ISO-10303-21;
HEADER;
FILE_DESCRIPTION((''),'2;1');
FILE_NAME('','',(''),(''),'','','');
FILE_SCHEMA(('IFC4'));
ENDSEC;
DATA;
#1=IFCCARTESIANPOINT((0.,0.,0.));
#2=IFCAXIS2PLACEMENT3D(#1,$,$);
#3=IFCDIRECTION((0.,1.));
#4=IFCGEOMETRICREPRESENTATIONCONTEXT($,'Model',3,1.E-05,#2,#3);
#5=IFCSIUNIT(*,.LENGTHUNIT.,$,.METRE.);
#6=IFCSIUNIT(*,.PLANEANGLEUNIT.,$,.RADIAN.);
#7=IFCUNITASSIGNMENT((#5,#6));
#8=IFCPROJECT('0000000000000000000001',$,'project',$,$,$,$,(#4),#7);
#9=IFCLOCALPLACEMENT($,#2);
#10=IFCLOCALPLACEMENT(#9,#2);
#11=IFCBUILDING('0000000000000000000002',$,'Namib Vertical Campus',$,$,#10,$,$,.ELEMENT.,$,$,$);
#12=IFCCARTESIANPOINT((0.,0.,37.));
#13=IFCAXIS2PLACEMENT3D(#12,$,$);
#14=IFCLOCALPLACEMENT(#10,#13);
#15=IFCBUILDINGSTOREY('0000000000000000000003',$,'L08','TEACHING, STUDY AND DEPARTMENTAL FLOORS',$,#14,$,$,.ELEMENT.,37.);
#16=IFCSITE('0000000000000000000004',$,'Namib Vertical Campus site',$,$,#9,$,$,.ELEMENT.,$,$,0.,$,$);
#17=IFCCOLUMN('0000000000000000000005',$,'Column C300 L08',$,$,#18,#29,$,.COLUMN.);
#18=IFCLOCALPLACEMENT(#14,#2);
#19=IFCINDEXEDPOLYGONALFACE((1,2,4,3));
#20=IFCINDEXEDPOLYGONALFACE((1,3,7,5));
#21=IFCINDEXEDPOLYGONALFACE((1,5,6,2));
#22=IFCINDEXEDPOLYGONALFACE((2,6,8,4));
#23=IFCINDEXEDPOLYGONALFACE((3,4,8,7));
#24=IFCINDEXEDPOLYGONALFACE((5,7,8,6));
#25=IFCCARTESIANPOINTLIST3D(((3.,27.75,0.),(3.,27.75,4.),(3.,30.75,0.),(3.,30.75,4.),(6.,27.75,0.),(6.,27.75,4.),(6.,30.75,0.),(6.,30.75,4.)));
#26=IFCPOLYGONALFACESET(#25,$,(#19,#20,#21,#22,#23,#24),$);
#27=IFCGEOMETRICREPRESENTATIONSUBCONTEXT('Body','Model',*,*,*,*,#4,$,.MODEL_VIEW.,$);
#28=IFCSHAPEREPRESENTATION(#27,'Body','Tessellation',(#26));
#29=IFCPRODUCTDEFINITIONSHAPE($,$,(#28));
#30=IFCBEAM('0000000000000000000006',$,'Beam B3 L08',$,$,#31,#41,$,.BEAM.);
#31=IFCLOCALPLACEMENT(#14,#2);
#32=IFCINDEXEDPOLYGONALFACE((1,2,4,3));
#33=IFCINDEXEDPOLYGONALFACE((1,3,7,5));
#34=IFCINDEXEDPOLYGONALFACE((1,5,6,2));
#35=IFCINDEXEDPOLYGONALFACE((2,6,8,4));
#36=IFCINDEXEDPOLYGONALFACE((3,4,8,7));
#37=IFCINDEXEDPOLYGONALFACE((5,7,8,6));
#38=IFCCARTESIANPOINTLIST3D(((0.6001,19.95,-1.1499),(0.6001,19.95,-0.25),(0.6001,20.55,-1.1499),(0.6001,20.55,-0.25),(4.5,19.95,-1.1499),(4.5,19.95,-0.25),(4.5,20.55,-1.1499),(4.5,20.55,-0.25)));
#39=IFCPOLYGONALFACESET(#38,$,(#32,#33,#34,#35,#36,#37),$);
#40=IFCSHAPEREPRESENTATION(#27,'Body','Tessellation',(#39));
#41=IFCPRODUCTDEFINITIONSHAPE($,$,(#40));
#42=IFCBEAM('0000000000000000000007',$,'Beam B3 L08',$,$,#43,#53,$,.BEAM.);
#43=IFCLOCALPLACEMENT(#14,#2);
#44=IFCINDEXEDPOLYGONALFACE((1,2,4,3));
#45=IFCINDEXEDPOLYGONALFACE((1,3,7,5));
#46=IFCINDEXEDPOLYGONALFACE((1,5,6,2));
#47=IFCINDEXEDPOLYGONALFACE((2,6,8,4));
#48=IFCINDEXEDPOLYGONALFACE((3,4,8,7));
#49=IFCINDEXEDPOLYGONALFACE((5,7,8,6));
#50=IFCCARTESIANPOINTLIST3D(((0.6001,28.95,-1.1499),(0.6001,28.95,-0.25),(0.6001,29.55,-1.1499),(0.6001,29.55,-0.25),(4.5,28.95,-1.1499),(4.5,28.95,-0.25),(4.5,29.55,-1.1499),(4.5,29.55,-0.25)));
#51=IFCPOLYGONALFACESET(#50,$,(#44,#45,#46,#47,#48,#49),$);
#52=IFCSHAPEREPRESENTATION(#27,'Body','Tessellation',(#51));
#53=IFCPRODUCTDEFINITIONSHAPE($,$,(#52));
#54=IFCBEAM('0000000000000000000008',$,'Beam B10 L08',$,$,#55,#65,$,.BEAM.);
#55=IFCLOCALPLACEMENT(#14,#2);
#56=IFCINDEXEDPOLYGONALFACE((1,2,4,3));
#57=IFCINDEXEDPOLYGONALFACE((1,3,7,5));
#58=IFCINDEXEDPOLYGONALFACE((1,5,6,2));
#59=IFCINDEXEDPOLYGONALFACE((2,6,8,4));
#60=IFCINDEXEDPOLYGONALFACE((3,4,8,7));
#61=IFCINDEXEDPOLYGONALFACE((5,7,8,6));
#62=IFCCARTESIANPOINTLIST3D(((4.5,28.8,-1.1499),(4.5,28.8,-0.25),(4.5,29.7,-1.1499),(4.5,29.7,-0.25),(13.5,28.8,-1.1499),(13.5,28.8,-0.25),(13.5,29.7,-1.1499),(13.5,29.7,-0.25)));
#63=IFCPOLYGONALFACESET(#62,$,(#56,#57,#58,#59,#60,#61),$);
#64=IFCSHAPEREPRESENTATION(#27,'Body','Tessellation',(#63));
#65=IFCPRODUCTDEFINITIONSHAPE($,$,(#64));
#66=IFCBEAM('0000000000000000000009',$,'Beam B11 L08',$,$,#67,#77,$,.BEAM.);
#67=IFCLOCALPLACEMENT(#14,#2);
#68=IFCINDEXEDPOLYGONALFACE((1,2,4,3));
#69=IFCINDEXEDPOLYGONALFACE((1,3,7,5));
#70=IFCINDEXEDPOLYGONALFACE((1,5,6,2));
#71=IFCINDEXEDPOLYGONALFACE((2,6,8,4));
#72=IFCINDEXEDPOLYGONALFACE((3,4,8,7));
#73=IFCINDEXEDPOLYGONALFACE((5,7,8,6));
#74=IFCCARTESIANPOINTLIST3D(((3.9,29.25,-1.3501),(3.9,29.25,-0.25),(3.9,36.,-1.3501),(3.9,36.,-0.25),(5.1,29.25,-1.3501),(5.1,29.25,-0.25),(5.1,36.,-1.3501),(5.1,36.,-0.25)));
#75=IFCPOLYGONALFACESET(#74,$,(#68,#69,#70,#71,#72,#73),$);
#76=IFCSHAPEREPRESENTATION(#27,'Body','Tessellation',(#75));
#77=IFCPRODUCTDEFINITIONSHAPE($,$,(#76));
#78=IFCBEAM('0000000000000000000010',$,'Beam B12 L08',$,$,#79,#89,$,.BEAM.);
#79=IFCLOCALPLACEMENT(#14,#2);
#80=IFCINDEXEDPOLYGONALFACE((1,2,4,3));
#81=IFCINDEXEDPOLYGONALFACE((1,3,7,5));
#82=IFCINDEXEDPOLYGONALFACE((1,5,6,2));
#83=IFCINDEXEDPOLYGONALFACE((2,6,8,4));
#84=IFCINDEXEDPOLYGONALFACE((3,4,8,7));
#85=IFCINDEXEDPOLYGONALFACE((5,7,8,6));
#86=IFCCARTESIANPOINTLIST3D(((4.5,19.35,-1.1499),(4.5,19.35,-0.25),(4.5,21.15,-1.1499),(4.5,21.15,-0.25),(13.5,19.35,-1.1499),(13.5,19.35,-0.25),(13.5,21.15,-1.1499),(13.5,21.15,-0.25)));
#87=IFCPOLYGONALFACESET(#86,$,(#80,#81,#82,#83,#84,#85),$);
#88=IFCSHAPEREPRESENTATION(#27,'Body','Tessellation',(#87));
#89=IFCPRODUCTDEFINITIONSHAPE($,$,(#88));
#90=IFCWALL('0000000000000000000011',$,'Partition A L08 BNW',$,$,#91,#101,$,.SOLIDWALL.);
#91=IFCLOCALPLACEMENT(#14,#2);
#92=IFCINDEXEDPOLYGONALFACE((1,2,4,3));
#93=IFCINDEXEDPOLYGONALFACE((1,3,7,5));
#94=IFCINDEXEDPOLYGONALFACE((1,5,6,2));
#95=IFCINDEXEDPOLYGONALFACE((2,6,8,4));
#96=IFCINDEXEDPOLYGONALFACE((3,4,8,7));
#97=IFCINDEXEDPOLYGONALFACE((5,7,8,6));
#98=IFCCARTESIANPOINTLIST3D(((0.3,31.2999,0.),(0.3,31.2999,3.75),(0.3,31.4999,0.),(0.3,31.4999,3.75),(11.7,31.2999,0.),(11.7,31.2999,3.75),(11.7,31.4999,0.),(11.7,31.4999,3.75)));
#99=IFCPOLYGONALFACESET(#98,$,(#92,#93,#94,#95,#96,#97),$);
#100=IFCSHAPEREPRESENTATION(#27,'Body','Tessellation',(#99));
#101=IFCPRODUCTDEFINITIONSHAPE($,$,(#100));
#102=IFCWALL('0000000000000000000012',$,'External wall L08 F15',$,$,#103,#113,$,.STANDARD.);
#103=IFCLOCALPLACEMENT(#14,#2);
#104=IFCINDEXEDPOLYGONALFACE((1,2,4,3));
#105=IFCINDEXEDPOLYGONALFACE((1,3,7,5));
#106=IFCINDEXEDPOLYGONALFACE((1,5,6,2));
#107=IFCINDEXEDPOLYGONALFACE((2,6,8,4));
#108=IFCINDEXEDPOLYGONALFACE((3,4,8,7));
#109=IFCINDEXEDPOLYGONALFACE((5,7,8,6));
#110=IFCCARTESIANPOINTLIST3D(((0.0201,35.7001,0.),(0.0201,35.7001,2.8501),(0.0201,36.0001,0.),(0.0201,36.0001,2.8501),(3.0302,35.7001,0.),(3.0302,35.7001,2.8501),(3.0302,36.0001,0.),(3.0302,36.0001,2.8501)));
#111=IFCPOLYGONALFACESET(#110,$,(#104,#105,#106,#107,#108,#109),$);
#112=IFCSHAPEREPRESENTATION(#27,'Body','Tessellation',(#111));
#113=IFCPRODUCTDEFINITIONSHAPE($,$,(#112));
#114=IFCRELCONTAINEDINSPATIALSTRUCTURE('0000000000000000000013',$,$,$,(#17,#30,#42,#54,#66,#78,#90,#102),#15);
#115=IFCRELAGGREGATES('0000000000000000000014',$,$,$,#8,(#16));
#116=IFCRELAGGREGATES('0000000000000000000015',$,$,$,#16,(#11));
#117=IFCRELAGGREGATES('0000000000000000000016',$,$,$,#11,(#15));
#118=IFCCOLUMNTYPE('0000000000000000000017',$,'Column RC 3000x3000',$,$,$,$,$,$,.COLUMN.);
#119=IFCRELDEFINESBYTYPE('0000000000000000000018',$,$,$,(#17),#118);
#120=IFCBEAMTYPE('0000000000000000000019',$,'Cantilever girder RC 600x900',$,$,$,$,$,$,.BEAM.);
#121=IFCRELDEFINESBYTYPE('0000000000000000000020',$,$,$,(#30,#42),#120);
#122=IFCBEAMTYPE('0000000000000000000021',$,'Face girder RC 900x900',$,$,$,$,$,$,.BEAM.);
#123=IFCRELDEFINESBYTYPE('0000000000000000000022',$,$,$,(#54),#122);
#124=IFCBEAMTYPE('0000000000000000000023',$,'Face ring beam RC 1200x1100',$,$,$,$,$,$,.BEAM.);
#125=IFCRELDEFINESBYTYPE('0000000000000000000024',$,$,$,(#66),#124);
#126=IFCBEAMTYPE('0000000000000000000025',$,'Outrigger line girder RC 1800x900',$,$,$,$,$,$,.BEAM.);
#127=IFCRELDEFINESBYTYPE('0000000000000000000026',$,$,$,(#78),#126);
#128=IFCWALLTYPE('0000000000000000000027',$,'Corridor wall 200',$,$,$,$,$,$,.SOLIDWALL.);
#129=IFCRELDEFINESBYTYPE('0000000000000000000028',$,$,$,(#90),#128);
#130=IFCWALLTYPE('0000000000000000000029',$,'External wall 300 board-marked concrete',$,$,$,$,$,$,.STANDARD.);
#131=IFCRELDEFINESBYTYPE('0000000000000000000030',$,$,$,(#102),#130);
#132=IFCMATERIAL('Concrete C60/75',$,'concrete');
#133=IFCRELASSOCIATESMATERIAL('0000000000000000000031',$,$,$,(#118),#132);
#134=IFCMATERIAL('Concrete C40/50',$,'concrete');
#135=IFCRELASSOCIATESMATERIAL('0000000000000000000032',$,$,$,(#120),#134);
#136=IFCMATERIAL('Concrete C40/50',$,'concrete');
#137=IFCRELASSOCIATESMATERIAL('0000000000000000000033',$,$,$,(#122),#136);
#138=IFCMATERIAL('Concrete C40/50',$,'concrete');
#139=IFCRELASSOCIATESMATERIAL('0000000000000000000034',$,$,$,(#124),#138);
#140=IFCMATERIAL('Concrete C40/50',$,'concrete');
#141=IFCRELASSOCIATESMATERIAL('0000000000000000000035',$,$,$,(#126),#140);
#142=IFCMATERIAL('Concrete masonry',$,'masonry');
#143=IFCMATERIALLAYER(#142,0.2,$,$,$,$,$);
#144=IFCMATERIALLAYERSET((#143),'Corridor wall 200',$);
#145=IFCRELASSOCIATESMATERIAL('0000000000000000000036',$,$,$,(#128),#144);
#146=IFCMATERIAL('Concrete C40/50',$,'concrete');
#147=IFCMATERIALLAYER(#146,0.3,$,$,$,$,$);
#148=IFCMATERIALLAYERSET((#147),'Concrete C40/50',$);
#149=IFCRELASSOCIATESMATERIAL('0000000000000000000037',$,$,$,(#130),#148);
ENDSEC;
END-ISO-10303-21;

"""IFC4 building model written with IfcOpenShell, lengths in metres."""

from ifc_helpers import new_model, si_unit, direction, frame, frame_2d, origin, origin_2d, place, context, subcontext, project, spatial, rectangle, extrude, material, layer, layer_set, material_profile, profile_set, type_object, element, save


model = new_model("IFC4")

# Units and contexts
model_context = context("Model", 3, precision=1e-05, world=origin(), true_north=direction((0.0, 1.0)))
body_context = subcontext(model_context, "Body", "Model", "MODEL_VIEW")
ifc_project = project(units=[si_unit("LENGTHUNIT", "METRE"), si_unit("PLANEANGLEUNIT", "RADIAN")], contexts=[model_context])

# Site, building, storey
site_placement = place(None, origin())
site = spatial("IfcSite", under=ifc_project, at=site_placement, Name="Namib Vertical Campus site", CompositionType="ELEMENT", RefElevation=0.0)
building_placement = place(site_placement, origin())
building = spatial("IfcBuilding", under=site, at=building_placement, Name="Namib Vertical Campus", CompositionType="ELEMENT")
storey_placement = place(building_placement, frame((0.0, 0.0, 37.0)))
storey = spatial("IfcBuildingStorey", under=building, at=storey_placement, Name="L08", Description="TEACHING, STUDY AND DEPARTMENTAL FLOORS", CompositionType="ELEMENT", Elevation=37.0)

# Column
ifc_material_1 = material(Name="Concrete C60/75", Category="concrete")
ifc_material_profile_1 = material_profile(ifc_material_1, rectangle(XDim=3.0, YDim=3.0, at=origin_2d()))
ifc_profile_set_1 = profile_set([ifc_material_profile_1], Name="Concrete C60/75")
column_type = type_object("IfcColumnType", Name="Column RC 3000x3000", PredefinedType="COLUMN", material=ifc_profile_set_1)
column_placement = place(storey_placement, frame((4.5, 29.25, 0.0), z_axis=(0.0, 0.0, 1.0), x_axis=(1.0, 0.0, 0.0)))
element("IfcColumn", 1, at=column_placement, inside=storey, type_object=column_type, Name="Column C300 L08", PredefinedType="COLUMN", context=body_context, shape_type="SweptSolid", body=[
    extrude(rectangle(XDim=3.0, YDim=3.0, at=origin_2d()), origin(), (0.0, 0.0, 1.0), 4.0),
])

# Beams
ifc_material_2 = material(Name="Concrete C40/50", Category="concrete")
ifc_material_profile_2 = material_profile(ifc_material_2, rectangle(XDim=0.6001, YDim=0.8999, at=origin_2d()))
ifc_profile_set_2 = profile_set([ifc_material_profile_2], Name="Concrete C40/50")
beam_type_1 = type_object("IfcBeamType", Name="Cantilever girder RC 600x900", PredefinedType="BEAM", material=ifc_profile_set_2)
for number, where, z_axis, x_axis, name in (
    (2, (4.5, 20.25, -0.7), (-1.0, 0.0, 0.0), (0.0, -1.0, 0.0), "Beam B3 L08"),
    (3, (4.5, 29.25, -0.7), (-1.0, 0.0, 0.0), (0.0, -1.0, 0.0), "Beam B3 L08"),
):
    element("IfcBeam", number, at=place(storey_placement, frame(where, z_axis=z_axis, x_axis=x_axis)), inside=storey, type_object=beam_type_1, Name=name, PredefinedType="BEAM", context=body_context, shape_type="SweptSolid", body=[
        extrude(rectangle(XDim=0.6001, YDim=0.8999, at=origin_2d()), origin(), (0.0, 0.0, 1.0), 3.8999),
    ])
ifc_material_3 = material(Name="Concrete C40/50", Category="concrete")
ifc_material_profile_3 = material_profile(ifc_material_3, rectangle(XDim=0.8999, YDim=0.8999, at=origin_2d()))
ifc_profile_set_3 = profile_set([ifc_material_profile_3], Name="Concrete C40/50")
beam_type_2 = type_object("IfcBeamType", Name="Face girder RC 900x900", PredefinedType="BEAM", material=ifc_profile_set_3)
beam_1_placement = place(storey_placement, frame((4.5, 29.25, -0.7), z_axis=(1.0, 0.0, 0.0), x_axis=(0.0, 1.0, 0.0)))
element("IfcBeam", 4, at=beam_1_placement, inside=storey, type_object=beam_type_2, Name="Beam B10 L08", PredefinedType="BEAM", context=body_context, shape_type="SweptSolid", body=[
    extrude(rectangle(XDim=0.8999, YDim=0.8999, at=origin_2d()), origin(), (0.0, 0.0, 1.0), 9.0),
])
ifc_material_4 = material(Name="Concrete C40/50", Category="concrete")
ifc_material_profile_4 = material_profile(ifc_material_4, rectangle(XDim=1.2, YDim=1.1001, at=origin_2d()))
ifc_profile_set_4 = profile_set([ifc_material_profile_4], Name="Concrete C40/50")
beam_type_3 = type_object("IfcBeamType", Name="Face ring beam RC 1200x1100", PredefinedType="BEAM", material=ifc_profile_set_4)
beam_2_placement = place(storey_placement, frame((4.5, 29.25, -0.8), z_axis=(0.0, 1.0, 0.0), x_axis=(-1.0, 0.0, 0.0)))
element("IfcBeam", 5, at=beam_2_placement, inside=storey, type_object=beam_type_3, Name="Beam B11 L08", PredefinedType="BEAM", context=body_context, shape_type="SweptSolid", body=[
    extrude(rectangle(XDim=1.2, YDim=1.1001, at=origin_2d()), origin(), (0.0, 0.0, 1.0), 6.75),
])
ifc_material_5 = material(Name="Concrete C40/50", Category="concrete")
ifc_material_profile_5 = material_profile(ifc_material_5, rectangle(XDim=1.8, YDim=0.8999, at=origin_2d()))
ifc_profile_set_5 = profile_set([ifc_material_profile_5], Name="Concrete C40/50")
beam_type_4 = type_object("IfcBeamType", Name="Outrigger line girder RC 1800x900", PredefinedType="BEAM", material=ifc_profile_set_5)
beam_3_placement = place(storey_placement, frame((4.5, 20.25, -0.7), z_axis=(1.0, 0.0, 0.0), x_axis=(0.0, 1.0, 0.0)))
element("IfcBeam", 6, at=beam_3_placement, inside=storey, type_object=beam_type_4, Name="Beam B12 L08", PredefinedType="BEAM", context=body_context, shape_type="SweptSolid", body=[
    extrude(rectangle(XDim=1.8, YDim=0.8999, at=origin_2d()), origin(), (0.0, 0.0, 1.0), 9.0),
])

# Walls
ifc_material_6 = material(Name="Concrete masonry", Category="masonry")
ifc_layer_1 = layer(ifc_material_6, 0.2)
ifc_layer_set_1 = layer_set([ifc_layer_1], Name="Corridor wall 200")
wall_type_1 = type_object("IfcWallType", Name="Corridor wall 200", PredefinedType="SOLIDWALL", material=ifc_layer_set_1)
wall_1_placement = place(storey_placement, frame((0.3, 31.3999, 0.0), z_axis=(0.0, 0.0, 1.0), x_axis=(1.0, 0.0, 0.0)))
element("IfcWall", 7, at=wall_1_placement, inside=storey, type_object=wall_type_1, Name="Partition A L08 BNW", PredefinedType="SOLIDWALL", context=body_context, shape_type="SweptSolid", body=[
    extrude(rectangle(XDim=11.3999, YDim=0.2, at=frame_2d((5.7, 0.0))), origin(), (0.0, 0.0, 1.0), 3.75),
])
ifc_material_7 = material(Name="Concrete C40/50", Category="concrete")
ifc_layer_2 = layer(ifc_material_7, 0.3)
ifc_layer_set_2 = layer_set([ifc_layer_2], Name="Concrete C40/50")
wall_type_2 = type_object("IfcWallType", Name="External wall 300 board-marked concrete", PredefinedType="STANDARD", material=ifc_layer_set_2)
wall_2_placement = place(storey_placement, frame((3.03, 35.8501, 0.0), z_axis=(0.0, 0.0, 1.0), x_axis=(-1.0, 0.0, 0.0)))
element("IfcWall", 8, at=wall_2_placement, inside=storey, type_object=wall_type_2, Name="External wall L08 F15", PredefinedType="STANDARD", context=body_context, shape_type="SweptSolid", body=[
    extrude(rectangle(XDim=3.01, YDim=0.3, at=frame_2d((1.5049, 0.0))), origin(), (0.0, 0.0, 1.0), 2.8501),
])

save(model, "model.ifc")
